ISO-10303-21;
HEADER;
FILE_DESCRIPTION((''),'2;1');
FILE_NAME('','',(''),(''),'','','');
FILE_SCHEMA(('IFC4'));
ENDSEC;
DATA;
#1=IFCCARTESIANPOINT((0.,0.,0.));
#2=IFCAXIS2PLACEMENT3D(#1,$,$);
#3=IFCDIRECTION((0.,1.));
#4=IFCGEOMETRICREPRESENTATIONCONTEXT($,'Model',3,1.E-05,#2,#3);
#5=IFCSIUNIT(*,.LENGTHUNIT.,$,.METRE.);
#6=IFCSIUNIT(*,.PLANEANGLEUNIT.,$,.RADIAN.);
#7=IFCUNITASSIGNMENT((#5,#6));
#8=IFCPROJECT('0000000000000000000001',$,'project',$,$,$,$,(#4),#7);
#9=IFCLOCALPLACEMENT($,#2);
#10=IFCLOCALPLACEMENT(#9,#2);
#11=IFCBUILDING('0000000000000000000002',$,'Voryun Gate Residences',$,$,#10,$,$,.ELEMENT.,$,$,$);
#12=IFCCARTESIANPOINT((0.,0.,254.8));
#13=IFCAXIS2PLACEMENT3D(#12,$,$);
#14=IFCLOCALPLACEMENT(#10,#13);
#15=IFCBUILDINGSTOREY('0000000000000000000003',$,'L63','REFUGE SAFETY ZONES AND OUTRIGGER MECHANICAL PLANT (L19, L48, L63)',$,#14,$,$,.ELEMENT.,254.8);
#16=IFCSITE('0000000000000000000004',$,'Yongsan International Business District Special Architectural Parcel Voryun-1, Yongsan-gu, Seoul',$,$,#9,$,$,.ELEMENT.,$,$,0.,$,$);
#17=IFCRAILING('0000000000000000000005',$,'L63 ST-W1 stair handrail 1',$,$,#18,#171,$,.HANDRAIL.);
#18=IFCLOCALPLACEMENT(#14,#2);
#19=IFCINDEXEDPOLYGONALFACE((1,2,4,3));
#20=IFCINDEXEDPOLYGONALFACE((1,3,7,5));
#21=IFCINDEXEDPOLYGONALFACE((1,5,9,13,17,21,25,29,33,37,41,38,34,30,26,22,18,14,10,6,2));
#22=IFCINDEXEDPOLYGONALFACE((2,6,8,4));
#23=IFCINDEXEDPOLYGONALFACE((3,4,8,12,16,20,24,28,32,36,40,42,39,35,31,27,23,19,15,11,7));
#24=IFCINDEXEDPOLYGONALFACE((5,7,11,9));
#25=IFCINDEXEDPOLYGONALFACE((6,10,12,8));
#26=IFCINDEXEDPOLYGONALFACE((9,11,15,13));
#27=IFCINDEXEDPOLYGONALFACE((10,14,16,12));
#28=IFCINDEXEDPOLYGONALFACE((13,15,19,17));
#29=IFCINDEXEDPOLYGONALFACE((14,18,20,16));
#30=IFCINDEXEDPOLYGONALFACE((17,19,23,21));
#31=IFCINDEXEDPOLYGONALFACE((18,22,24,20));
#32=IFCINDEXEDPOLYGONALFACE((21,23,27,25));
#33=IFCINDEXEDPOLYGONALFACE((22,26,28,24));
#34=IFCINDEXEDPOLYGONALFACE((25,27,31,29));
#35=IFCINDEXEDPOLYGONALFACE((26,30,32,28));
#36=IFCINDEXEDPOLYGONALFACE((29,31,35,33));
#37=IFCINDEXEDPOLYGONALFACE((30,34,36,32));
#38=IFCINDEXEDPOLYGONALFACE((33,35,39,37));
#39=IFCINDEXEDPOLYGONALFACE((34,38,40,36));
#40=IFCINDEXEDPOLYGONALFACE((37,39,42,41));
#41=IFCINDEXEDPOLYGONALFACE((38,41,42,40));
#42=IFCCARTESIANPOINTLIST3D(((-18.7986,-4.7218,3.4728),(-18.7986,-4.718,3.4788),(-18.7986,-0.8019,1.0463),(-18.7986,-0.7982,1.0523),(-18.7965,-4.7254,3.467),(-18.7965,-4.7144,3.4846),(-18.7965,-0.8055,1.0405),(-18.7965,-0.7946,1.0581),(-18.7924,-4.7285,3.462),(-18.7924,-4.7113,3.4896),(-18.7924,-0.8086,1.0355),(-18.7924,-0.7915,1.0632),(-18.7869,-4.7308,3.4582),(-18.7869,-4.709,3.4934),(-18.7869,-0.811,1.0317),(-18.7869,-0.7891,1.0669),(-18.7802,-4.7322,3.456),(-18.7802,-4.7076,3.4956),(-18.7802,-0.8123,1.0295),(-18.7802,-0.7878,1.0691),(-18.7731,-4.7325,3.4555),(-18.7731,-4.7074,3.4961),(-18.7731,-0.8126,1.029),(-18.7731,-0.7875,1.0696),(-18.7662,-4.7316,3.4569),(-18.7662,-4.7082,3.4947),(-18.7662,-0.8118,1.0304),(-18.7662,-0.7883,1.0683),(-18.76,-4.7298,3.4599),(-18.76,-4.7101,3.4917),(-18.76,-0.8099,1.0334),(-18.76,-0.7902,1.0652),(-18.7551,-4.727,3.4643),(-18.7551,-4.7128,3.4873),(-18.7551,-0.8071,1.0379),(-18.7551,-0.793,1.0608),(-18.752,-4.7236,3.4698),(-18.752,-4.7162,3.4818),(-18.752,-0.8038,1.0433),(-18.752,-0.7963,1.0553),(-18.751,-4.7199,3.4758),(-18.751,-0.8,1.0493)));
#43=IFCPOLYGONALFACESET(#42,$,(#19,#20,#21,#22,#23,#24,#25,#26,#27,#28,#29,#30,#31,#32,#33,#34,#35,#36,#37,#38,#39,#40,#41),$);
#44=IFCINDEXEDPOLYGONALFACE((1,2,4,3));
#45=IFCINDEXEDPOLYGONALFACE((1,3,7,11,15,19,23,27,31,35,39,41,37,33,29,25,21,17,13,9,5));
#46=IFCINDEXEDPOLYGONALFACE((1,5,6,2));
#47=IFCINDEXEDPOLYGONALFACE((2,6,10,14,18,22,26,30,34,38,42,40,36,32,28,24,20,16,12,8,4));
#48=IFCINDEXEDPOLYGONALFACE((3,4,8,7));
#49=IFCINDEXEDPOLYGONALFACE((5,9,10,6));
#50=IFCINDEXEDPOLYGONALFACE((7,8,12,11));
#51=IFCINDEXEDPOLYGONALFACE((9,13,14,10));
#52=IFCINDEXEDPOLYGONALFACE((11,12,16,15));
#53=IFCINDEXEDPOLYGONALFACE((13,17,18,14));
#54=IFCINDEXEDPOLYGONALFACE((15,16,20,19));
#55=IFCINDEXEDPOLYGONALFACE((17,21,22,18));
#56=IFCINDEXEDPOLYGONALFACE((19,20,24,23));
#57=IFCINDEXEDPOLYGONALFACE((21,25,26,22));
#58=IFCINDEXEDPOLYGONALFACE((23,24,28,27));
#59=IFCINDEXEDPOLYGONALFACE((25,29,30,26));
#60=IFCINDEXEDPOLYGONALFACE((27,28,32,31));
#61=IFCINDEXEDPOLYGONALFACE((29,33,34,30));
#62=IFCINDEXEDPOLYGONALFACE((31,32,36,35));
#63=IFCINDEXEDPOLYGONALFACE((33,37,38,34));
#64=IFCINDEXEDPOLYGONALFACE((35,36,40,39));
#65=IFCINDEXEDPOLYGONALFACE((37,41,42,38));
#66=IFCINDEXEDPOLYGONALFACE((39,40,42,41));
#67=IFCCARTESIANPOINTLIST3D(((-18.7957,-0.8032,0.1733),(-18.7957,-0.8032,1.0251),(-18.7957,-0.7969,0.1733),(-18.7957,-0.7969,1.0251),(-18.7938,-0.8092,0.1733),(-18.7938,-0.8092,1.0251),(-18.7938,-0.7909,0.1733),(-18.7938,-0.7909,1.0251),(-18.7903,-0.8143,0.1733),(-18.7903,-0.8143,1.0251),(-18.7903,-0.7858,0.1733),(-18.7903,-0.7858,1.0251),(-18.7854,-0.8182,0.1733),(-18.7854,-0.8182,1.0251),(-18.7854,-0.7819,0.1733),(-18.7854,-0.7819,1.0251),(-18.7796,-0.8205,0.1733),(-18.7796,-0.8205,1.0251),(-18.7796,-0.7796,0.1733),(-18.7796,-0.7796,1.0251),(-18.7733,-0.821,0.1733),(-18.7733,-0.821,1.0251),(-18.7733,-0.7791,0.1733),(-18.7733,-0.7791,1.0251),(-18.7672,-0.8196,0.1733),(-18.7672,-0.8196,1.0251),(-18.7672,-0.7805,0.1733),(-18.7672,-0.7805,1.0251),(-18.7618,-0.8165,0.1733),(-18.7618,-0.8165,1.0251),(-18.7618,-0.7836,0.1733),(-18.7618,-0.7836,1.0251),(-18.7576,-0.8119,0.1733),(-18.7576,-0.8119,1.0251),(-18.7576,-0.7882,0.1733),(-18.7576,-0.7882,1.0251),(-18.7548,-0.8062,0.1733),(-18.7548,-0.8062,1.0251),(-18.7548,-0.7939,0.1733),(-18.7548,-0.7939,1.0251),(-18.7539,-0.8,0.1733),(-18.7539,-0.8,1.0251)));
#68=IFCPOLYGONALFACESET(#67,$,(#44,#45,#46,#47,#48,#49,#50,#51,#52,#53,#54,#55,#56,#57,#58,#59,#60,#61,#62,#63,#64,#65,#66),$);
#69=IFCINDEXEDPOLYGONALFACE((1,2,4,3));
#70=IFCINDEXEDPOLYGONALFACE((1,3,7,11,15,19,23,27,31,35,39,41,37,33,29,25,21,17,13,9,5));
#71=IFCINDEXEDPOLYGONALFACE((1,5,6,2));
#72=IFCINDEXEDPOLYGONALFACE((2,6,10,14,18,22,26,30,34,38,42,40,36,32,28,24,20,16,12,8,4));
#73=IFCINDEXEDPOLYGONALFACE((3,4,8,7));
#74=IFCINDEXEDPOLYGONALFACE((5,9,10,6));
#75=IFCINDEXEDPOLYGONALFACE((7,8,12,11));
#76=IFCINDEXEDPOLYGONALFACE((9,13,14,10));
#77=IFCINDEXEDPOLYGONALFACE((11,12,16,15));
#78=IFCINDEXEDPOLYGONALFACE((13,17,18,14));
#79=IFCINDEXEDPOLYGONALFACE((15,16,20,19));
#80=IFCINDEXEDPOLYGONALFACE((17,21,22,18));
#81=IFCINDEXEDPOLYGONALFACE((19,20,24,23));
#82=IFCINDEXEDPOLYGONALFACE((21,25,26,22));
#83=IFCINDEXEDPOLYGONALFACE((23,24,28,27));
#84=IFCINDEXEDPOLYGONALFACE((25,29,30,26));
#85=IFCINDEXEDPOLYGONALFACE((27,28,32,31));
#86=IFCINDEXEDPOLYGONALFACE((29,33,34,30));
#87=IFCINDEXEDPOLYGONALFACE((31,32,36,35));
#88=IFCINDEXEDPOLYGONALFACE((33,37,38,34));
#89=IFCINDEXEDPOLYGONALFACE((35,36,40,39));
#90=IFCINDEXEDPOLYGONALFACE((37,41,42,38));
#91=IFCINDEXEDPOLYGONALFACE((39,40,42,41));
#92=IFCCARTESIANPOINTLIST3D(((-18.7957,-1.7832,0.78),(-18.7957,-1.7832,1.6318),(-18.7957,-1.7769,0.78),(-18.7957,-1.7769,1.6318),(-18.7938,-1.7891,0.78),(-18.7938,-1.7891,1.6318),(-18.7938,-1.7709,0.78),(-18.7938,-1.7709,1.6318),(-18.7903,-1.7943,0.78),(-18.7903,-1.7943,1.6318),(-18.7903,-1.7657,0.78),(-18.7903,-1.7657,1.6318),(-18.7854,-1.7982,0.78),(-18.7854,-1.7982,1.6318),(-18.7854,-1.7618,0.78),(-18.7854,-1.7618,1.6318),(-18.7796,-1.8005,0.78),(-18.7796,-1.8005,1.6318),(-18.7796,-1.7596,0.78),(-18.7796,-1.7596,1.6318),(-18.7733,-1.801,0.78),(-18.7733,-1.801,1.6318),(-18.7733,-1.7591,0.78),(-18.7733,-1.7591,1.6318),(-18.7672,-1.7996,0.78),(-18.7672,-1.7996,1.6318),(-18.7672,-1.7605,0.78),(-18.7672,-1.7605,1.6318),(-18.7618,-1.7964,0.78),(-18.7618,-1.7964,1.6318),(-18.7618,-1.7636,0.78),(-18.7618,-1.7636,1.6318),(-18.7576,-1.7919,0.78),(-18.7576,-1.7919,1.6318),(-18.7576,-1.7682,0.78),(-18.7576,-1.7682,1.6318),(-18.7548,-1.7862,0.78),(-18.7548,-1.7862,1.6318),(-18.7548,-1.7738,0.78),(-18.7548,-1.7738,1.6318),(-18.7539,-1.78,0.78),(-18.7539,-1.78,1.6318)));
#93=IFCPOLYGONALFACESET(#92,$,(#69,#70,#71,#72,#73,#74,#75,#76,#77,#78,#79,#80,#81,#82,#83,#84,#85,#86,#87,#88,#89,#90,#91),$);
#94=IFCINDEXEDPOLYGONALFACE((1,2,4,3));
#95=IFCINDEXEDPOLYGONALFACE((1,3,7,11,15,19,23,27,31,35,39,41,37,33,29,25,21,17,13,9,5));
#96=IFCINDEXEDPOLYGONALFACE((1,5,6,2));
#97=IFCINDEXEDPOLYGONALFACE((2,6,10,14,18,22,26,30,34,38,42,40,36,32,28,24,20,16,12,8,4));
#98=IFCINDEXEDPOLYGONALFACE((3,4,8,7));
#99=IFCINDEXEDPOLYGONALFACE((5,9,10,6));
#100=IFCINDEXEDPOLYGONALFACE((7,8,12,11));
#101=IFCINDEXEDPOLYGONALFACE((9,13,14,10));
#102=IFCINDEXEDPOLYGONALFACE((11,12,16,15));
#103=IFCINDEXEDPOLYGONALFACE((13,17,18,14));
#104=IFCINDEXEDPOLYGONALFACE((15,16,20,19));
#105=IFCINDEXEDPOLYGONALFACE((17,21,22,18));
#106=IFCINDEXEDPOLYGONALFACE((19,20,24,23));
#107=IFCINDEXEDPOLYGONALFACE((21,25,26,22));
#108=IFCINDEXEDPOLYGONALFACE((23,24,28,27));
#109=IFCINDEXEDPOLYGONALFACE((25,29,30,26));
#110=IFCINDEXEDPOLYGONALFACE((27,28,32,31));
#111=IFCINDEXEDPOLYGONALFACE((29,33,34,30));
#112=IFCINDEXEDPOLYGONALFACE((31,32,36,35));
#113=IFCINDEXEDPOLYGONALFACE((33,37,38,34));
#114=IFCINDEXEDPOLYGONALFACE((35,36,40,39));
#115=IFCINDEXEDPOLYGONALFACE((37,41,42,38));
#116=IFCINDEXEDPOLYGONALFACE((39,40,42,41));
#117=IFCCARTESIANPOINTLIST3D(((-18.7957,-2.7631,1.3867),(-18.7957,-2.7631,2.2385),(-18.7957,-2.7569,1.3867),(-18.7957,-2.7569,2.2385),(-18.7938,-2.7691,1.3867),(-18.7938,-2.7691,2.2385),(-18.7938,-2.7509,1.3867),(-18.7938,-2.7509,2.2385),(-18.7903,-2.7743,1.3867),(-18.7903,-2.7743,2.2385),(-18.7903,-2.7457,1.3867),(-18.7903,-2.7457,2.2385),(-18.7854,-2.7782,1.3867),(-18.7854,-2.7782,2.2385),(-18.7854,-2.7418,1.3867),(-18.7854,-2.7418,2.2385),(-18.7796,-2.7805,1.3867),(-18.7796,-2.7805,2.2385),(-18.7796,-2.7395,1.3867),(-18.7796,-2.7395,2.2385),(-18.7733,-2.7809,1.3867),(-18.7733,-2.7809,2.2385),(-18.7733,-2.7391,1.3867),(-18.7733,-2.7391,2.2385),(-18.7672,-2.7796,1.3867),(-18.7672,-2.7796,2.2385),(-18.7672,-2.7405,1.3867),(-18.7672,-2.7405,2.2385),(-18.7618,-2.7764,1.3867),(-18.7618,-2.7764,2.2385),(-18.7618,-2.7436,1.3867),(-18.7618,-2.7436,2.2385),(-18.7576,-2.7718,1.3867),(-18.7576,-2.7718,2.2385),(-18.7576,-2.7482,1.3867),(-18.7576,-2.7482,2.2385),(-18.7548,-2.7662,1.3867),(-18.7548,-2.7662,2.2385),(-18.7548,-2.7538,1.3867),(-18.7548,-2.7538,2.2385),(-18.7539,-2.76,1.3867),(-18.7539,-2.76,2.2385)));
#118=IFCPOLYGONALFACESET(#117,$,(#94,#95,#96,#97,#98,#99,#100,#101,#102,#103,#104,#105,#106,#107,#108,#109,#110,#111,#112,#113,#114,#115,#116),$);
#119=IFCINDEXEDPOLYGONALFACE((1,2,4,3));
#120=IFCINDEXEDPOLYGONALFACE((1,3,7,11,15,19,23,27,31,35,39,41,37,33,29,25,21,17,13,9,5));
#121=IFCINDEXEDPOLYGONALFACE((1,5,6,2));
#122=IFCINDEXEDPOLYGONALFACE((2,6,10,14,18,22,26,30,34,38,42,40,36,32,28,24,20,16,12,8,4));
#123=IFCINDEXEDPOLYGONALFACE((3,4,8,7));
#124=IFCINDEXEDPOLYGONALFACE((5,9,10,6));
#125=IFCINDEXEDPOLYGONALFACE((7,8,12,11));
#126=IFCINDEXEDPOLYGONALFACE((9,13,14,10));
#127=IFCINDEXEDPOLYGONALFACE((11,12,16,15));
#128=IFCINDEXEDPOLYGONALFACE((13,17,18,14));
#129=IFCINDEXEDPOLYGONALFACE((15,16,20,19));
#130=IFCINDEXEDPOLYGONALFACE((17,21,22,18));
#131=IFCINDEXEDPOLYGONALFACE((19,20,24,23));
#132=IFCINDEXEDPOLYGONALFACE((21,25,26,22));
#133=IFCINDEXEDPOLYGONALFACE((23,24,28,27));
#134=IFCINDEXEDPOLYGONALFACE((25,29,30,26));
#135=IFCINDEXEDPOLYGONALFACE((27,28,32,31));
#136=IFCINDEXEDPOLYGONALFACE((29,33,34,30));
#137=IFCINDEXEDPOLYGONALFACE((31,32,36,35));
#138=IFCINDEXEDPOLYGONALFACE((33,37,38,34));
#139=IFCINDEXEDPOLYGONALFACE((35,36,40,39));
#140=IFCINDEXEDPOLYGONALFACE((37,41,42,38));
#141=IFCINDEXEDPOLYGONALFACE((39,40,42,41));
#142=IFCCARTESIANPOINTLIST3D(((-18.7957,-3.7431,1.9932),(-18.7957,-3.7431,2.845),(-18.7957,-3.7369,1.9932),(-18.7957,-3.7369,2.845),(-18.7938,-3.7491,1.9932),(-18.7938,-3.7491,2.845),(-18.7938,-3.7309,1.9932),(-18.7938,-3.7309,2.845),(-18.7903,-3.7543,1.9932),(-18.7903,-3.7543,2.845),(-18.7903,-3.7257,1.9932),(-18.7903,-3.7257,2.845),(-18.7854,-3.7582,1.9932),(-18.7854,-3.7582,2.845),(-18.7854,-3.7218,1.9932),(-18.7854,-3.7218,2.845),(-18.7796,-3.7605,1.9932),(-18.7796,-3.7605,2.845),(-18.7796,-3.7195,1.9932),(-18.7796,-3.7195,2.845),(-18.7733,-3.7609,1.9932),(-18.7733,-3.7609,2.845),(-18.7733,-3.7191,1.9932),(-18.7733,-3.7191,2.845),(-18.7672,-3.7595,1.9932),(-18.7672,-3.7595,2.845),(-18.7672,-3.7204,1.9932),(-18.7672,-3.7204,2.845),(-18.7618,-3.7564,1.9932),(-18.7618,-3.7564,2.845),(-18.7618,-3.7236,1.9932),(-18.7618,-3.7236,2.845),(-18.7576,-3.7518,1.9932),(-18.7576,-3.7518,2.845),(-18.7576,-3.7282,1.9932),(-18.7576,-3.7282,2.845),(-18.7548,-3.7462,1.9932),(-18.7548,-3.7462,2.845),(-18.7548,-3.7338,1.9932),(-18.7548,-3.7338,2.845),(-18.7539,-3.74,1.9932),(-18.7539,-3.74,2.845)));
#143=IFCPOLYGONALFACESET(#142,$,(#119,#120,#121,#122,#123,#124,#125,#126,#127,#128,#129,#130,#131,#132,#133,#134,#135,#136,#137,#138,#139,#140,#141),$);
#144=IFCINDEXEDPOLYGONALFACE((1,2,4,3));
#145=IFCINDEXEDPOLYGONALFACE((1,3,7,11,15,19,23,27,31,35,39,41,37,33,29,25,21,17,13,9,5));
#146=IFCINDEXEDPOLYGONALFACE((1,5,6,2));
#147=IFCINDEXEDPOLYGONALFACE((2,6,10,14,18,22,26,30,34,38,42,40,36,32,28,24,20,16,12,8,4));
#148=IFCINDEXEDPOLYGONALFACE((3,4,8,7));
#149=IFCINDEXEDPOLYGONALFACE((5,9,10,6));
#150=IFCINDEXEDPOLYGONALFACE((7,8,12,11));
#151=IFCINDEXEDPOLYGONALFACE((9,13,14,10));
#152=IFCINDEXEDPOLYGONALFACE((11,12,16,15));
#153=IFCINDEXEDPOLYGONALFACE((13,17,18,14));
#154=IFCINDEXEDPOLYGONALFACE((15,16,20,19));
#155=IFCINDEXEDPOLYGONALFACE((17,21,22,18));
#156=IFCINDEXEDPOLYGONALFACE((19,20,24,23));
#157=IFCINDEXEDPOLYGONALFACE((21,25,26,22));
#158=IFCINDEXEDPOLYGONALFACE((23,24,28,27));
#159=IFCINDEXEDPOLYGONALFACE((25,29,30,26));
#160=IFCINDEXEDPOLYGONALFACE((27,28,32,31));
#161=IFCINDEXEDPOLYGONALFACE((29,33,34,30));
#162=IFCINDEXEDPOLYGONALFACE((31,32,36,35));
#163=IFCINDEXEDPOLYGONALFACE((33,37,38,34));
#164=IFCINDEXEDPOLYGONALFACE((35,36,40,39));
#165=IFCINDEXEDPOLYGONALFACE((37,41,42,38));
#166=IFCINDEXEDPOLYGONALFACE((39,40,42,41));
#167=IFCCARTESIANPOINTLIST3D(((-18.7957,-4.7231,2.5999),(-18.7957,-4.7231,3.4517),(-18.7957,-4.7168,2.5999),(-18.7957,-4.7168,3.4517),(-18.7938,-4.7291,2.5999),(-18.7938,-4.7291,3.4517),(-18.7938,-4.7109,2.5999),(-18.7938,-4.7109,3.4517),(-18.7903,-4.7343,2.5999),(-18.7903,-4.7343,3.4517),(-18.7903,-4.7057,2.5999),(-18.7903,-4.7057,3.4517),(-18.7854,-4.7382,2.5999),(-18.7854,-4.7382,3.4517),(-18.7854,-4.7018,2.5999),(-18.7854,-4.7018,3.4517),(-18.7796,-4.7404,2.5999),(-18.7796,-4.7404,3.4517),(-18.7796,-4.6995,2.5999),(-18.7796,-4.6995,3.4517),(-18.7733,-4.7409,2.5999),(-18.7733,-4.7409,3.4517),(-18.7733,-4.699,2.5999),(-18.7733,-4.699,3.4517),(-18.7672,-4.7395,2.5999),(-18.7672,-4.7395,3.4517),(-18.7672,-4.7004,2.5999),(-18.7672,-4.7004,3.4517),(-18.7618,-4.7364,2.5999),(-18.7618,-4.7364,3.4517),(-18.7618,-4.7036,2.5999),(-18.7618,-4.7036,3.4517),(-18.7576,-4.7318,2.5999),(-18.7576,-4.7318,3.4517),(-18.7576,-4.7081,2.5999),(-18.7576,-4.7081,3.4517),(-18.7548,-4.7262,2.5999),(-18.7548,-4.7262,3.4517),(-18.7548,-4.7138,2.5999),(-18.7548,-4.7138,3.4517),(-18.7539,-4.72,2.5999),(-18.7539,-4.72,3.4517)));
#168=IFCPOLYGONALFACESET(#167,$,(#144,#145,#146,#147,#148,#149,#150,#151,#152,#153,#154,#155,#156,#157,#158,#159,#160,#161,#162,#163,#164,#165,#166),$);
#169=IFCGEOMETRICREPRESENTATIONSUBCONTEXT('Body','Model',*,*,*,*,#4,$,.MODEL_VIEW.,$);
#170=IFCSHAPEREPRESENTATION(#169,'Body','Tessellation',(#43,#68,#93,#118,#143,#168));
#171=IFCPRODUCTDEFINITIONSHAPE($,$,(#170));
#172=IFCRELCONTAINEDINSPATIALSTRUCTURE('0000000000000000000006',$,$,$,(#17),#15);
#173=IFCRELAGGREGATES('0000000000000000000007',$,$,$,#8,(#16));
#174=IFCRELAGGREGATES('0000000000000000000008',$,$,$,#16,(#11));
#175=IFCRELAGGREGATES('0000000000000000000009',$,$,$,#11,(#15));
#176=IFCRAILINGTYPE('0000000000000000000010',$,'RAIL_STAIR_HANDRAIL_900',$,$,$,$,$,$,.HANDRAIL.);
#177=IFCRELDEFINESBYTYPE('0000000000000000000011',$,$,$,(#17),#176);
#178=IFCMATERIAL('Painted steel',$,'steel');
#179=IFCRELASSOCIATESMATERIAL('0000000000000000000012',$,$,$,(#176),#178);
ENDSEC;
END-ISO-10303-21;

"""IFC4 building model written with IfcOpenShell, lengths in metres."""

from ifc_helpers import new_model, si_unit, direction, frame, origin, origin_2d, place, context, subcontext, project, spatial, circle, extrude, material, type_object, element, save


model = new_model("IFC4")

# Units and contexts
model_context = context("Model", 3, precision=1e-05, world=origin(), true_north=direction((0.0, 1.0)))
body_context = subcontext(model_context, "Body", "Model", "MODEL_VIEW")
ifc_project = project(units=[si_unit("LENGTHUNIT", "METRE"), si_unit("PLANEANGLEUNIT", "RADIAN")], contexts=[model_context])

# Site, building, storey
site_placement = place(None, origin())
site = spatial("IfcSite", under=ifc_project, at=site_placement, Name="Yongsan International Business District Special Architectural Parcel Voryun-1, Yongsan-gu, Seoul", CompositionType="ELEMENT", RefElevation=0.0)
building_placement = place(site_placement, origin())
building = spatial("IfcBuilding", under=site, at=building_placement, Name="Voryun Gate Residences", CompositionType="ELEMENT")
storey_placement = place(building_placement, frame((0.0, 0.0, 254.8)))
storey = spatial("IfcBuildingStorey", under=building, at=storey_placement, Name="L63", Description="REFUGE SAFETY ZONES AND OUTRIGGER MECHANICAL PLANT (L19, L48, L63)", CompositionType="ELEMENT", Elevation=254.8)

# Railing
ifc_material_1 = material(Name="Painted steel", Category="steel")
railing_type_1 = type_object("IfcRailingType", Name="RAIL_STAIR_HANDRAIL_900", PredefinedType="HANDRAIL", material=ifc_material_1)
railing_1_placement = place(storey_placement, frame((-18.7749, -0.8, 0.1733)))
element("IfcRailing", 1, at=railing_1_placement, inside=storey, type_object=railing_type_1, Name="L63 ST-W1 stair handrail 1", PredefinedType="HANDRAIL", context=body_context, shape_type="SweptSolid", body=[
    extrude(circle(Radius=0.0239, at=origin_2d()), frame((0.0, 0.0, 0.876), z_axis=(0.0, -0.850275, 0.526338), x_axis=(1.0, 0.0, 0.0)), (0.0, 0.0, 1.0), 4.6101),
    extrude(circle(Radius=0.021, at=origin_2d()), origin(), (0.0, 0.0, 1.0), 0.8518),
    extrude(circle(Radius=0.021, at=origin_2d()), frame((0.0, -0.98, 0.6067)), (0.0, 0.0, 1.0), 0.8518),
    extrude(circle(Radius=0.021, at=origin_2d()), frame((0.0, -1.96, 1.2134)), (0.0, 0.0, 1.0), 0.8518),
    extrude(circle(Radius=0.021, at=origin_2d()), frame((0.0, -2.9399, 1.8198)), (0.0, 0.0, 1.0), 0.8518),
    extrude(circle(Radius=0.021, at=origin_2d()), frame((0.0, -3.9199, 2.4265)), (0.0, 0.0, 1.0), 0.8518),
])

save(model, "model.ifc")
